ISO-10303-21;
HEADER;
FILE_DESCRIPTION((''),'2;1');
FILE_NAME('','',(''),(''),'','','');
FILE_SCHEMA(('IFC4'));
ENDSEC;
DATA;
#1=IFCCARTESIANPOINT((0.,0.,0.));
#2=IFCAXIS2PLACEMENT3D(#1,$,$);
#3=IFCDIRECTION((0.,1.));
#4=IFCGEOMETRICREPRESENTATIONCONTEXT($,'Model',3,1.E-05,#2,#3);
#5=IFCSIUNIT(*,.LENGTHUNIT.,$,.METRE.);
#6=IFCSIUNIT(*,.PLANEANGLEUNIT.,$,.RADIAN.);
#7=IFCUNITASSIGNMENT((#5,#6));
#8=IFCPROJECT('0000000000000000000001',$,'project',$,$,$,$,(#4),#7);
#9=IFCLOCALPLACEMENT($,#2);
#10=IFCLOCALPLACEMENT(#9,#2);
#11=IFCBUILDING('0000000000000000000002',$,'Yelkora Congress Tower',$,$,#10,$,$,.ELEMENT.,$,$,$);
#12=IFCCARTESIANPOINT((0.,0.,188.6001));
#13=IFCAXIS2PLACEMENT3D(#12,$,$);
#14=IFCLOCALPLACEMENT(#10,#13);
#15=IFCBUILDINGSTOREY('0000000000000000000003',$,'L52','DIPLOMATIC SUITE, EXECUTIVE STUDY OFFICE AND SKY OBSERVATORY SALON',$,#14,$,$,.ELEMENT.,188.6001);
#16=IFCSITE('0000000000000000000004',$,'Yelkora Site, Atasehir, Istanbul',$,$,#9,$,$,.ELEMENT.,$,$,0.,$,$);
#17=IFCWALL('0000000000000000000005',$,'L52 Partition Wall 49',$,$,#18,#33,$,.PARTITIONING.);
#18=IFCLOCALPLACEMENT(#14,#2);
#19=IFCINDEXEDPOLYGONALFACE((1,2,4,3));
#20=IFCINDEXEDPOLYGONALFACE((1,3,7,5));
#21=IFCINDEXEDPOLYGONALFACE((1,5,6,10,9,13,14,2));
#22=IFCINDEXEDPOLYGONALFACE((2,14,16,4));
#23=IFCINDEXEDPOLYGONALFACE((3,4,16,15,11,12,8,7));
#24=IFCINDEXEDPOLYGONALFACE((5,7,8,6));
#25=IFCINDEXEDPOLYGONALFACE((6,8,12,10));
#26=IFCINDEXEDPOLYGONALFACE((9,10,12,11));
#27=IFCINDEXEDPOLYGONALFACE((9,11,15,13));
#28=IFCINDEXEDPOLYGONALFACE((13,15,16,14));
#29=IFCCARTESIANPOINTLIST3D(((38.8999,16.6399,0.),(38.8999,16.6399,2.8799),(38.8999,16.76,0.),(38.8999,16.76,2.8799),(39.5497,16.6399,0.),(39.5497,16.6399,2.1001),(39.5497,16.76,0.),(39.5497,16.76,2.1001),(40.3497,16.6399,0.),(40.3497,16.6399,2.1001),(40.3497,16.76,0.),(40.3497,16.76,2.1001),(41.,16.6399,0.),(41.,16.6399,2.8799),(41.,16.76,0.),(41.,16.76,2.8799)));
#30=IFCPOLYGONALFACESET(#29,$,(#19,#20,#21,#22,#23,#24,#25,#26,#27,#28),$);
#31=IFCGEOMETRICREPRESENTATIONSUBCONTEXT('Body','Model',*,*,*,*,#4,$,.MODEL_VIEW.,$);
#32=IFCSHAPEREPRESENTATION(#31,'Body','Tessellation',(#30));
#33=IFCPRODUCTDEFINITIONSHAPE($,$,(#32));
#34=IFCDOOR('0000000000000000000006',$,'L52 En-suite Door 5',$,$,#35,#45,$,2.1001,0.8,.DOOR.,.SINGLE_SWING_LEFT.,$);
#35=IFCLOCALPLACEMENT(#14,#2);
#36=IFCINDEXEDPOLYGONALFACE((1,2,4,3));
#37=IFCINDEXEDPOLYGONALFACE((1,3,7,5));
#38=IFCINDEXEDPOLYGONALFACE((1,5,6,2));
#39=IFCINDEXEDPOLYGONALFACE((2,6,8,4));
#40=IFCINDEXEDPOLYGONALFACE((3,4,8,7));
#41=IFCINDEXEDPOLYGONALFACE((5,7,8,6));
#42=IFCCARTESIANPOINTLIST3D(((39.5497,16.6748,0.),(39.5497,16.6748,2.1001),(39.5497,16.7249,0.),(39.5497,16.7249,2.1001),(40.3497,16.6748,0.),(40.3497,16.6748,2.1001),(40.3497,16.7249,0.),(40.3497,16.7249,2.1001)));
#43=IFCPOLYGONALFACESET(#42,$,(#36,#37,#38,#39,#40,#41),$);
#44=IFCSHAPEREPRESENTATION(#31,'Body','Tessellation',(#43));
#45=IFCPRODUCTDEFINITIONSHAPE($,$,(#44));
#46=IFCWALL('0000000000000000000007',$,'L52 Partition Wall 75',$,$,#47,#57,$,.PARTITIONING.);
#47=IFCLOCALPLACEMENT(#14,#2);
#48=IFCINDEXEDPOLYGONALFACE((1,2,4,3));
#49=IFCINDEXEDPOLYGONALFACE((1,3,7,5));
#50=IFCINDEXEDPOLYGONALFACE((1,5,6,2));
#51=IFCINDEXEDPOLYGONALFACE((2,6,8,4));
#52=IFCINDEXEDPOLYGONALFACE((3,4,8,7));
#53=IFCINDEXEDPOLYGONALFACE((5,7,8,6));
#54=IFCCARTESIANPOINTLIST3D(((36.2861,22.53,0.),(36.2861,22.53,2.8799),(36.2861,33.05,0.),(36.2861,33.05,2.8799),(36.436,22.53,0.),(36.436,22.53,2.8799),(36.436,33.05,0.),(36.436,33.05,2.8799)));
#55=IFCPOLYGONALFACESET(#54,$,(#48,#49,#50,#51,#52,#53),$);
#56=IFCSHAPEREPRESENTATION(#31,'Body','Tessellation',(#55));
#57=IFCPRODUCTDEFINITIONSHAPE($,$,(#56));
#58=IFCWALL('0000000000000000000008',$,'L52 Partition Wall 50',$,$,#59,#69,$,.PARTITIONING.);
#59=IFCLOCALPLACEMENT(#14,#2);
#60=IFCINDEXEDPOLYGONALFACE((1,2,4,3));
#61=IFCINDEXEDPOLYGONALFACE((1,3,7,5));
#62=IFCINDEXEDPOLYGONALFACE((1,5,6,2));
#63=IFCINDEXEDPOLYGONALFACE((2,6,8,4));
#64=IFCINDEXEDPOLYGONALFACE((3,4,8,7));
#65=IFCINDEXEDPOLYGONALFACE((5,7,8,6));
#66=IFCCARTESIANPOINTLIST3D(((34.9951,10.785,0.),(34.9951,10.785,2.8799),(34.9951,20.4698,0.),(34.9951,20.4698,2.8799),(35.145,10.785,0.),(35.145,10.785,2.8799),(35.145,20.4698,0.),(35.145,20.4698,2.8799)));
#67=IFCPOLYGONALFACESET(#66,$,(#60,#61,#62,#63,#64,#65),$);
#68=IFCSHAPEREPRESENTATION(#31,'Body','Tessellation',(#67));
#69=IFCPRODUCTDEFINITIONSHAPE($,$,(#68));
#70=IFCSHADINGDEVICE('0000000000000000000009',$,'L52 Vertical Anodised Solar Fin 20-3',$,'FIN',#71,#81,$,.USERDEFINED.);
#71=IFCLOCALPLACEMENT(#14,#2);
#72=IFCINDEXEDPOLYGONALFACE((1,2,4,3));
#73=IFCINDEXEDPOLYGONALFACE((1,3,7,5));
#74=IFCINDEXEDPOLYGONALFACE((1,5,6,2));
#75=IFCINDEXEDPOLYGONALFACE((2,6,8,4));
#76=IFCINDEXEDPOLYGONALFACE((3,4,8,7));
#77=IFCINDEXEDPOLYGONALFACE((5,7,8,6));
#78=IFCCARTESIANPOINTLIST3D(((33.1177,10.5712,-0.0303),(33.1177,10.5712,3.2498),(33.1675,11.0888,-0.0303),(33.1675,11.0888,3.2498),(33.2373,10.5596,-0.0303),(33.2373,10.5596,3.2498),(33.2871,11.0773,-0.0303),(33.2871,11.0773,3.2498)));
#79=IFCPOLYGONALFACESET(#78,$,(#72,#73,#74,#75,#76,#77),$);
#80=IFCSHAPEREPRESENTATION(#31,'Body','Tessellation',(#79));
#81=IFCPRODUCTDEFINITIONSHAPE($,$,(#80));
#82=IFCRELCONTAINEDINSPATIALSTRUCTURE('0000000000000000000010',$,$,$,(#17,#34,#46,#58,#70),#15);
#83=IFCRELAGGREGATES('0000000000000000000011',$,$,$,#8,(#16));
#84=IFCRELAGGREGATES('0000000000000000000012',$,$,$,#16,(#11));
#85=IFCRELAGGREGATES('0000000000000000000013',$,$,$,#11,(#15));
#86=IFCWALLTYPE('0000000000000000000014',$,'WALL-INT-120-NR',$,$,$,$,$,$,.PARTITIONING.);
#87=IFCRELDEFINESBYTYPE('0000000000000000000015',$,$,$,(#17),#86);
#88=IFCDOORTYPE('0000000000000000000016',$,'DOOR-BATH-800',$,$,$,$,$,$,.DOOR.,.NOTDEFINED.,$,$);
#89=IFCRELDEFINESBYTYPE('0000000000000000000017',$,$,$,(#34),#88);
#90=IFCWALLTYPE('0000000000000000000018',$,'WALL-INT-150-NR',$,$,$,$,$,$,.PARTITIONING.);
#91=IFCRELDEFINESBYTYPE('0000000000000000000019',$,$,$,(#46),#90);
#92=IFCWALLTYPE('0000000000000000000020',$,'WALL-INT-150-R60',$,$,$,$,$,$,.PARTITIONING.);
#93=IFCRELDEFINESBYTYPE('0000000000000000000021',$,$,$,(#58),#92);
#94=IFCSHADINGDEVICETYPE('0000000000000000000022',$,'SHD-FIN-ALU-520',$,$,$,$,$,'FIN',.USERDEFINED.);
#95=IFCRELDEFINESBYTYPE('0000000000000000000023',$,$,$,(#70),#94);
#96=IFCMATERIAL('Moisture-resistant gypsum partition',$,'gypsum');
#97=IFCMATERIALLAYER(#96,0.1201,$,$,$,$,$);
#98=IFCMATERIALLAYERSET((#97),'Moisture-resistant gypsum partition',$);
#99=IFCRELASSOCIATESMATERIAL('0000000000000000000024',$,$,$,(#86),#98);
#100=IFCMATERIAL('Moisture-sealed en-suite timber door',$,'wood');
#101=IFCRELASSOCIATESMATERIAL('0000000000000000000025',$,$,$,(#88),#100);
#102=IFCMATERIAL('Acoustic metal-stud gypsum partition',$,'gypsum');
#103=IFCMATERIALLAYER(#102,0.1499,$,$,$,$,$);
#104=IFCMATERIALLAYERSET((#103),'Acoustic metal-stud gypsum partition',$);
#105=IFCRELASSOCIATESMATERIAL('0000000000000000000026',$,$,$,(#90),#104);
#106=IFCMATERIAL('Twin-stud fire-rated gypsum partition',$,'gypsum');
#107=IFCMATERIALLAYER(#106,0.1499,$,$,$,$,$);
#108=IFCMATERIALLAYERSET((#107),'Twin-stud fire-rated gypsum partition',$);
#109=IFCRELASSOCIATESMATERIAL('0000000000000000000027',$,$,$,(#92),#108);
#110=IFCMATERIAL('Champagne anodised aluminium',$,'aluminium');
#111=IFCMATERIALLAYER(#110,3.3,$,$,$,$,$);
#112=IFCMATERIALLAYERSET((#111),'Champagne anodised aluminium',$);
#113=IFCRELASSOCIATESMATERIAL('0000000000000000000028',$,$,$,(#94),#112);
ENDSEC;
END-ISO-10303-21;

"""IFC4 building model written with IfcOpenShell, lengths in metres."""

from ifc_helpers import new_model, si_unit, direction, frame, frame_2d, origin, origin_2d, place, context, subcontext, project, spatial, rectangle, extrude, material, layer, layer_set, type_object, element, fill, save


model = new_model("IFC4")

# Units and contexts
model_context = context("Model", 3, precision=1e-05, world=origin(), true_north=direction((0.0, 1.0)))
body_context = subcontext(model_context, "Body", "Model", "MODEL_VIEW")
ifc_project = project(units=[si_unit("LENGTHUNIT", "METRE"), si_unit("PLANEANGLEUNIT", "RADIAN")], contexts=[model_context])

# Site, building, storey
site_placement = place(None, origin())
site = spatial("IfcSite", under=ifc_project, at=site_placement, Name="Yelkora Site, Atasehir, Istanbul", CompositionType="ELEMENT", RefElevation=0.0)
building_placement = place(site_placement, origin())
building = spatial("IfcBuilding", under=site, at=building_placement, Name="Yelkora Congress Tower", CompositionType="ELEMENT")
storey_placement = place(building_placement, frame((0.0, 0.0, 188.6001)))
storey = spatial("IfcBuildingStorey", under=building, at=storey_placement, Name="L52", Description="DIPLOMATIC SUITE, EXECUTIVE STUDY OFFICE AND SKY OBSERVATORY SALON", CompositionType="ELEMENT", Elevation=188.6001)

# Shared definitions
ifc_material_1 = material(Name="Moisture-resistant gypsum partition", Category="gypsum")
ifc_layer_1 = layer(ifc_material_1, 0.1201)
ifc_layer_set_1 = layer_set([ifc_layer_1], Name="Moisture-resistant gypsum partition")
wall_type_1 = type_object("IfcWallType", Name="WALL-INT-120-NR", PredefinedType="PARTITIONING", material=ifc_layer_set_1)

# Wall, opening, door
wall_1_placement = place(storey_placement, frame((38.8999, 16.7, 0.0), z_axis=(0.0, 0.0, 1.0), x_axis=(1.0, 0.0, 0.0)))
wall_1 = element("IfcWall", 1, at=wall_1_placement, inside=storey, type_object=wall_type_1, Name="L52 Partition Wall 49", PredefinedType="PARTITIONING", context=body_context, shape_type="SweptSolid", body=[
    extrude(rectangle(XDim=2.1001, YDim=0.1201, at=frame_2d((1.05, 0.0))), origin(), (0.0, 0.0, 1.0), 2.8799),
])
opening_placement = place(wall_1_placement, frame((0.6499, 0.0, 0.0)))
opening = element("IfcOpeningElement", 2, at=opening_placement, cuts=wall_1, PredefinedType="OPENING", context=body_context, shape_type="SweptSolid", body=[
    extrude(rectangle(XDim=0.8, YDim=2.1001, at=frame_2d((0.3999, 1.05))), frame((0.0, 0.0701, 0.0), z_axis=(0.0, -1.0, 0.0), x_axis=(1.0, 0.0, 0.0)), (0.0, 0.0, 1.0), 0.1401),
])
ifc_material_2 = material(Name="Moisture-sealed en-suite timber door", Category="wood")
door_type = type_object("IfcDoorType", Name="DOOR-BATH-800", OperationType="NOTDEFINED", PredefinedType="DOOR", material=ifc_material_2)
door_placement = place(opening_placement, origin())
door = element("IfcDoor", 3, at=door_placement, inside=storey, type_object=door_type, Name="L52 En-suite Door 5", OperationType="SINGLE_SWING_LEFT", OverallHeight=2.1001, OverallWidth=0.8, PredefinedType="DOOR", context=body_context, shape_type="SweptSolid", body=[
    extrude(rectangle(XDim=0.8, YDim=2.1001, at=frame_2d((0.3999, 1.05))), frame((0.0, 0.0249, 0.0), z_axis=(0.0, -1.0, 0.0), x_axis=(1.0, 0.0, 0.0)), (0.0, 0.0, 1.0), 0.05),
])
fill(opening, door)

# Walls
ifc_material_3 = material(Name="Acoustic metal-stud gypsum partition", Category="gypsum")
ifc_layer_2 = layer(ifc_material_3, 0.1499)
ifc_layer_set_2 = layer_set([ifc_layer_2], Name="Acoustic metal-stud gypsum partition")
wall_type_2 = type_object("IfcWallType", Name="WALL-INT-150-NR", PredefinedType="PARTITIONING", material=ifc_layer_set_2)
wall_2_placement = place(storey_placement, frame((36.3611, 22.53, 0.0), z_axis=(0.0, 0.0, 1.0), x_axis=(0.0, 1.0, 0.0)))
element("IfcWall", 4, at=wall_2_placement, inside=storey, type_object=wall_type_2, Name="L52 Partition Wall 75", PredefinedType="PARTITIONING", context=body_context, shape_type="SweptSolid", body=[
    extrude(rectangle(XDim=10.52, YDim=0.1499, at=frame_2d((5.26, 0.0))), origin(), (0.0, 0.0, 1.0), 2.8799),
])
ifc_material_4 = material(Name="Twin-stud fire-rated gypsum partition", Category="gypsum")
ifc_layer_3 = layer(ifc_material_4, 0.1499)
ifc_layer_set_3 = layer_set([ifc_layer_3], Name="Twin-stud fire-rated gypsum partition")
wall_type_3 = type_object("IfcWallType", Name="WALL-INT-150-R60", PredefinedType="PARTITIONING", material=ifc_layer_set_3)
wall_3_placement = place(storey_placement, frame((35.0701, 10.7852, 0.0), z_axis=(0.0, 0.0, 1.0), x_axis=(0.0, 1.0, 0.0)))
element("IfcWall", 5, at=wall_3_placement, inside=storey, type_object=wall_type_3, Name="L52 Partition Wall 50", PredefinedType="PARTITIONING", context=body_context, shape_type="SweptSolid", body=[
    extrude(rectangle(XDim=9.6848, YDim=0.1499, at=frame_2d((4.8423, 0.0))), origin(), (0.0, 0.0, 1.0), 2.8799),
])

# Shading device
ifc_material_5 = material(Name="Champagne anodised aluminium", Category="aluminium")
ifc_layer_4 = layer(ifc_material_5, 3.3)
ifc_layer_set_4 = layer_set([ifc_layer_4], Name="Champagne anodised aluminium")
shading_device_type = type_object("IfcShadingDeviceType", Name="SHD-FIN-ALU-520", ElementType="FIN", PredefinedType="USERDEFINED", material=ifc_layer_set_4)
shading_device_placement = place(storey_placement, frame((33.2024, 10.8242, -0.0303), z_axis=(0.0, 0.0, 1.0), x_axis=(-0.995396, 0.095846, 0.0)))
element("IfcShadingDevice", 6, at=shading_device_placement, inside=storey, type_object=shading_device_type, Name="L52 Vertical Anodised Solar Fin 20-3", ObjectType="FIN", PredefinedType="USERDEFINED", context=body_context, shape_type="SweptSolid", body=[
    extrude(rectangle(XDim=0.1201, YDim=0.52, at=origin_2d()), origin(), (0.0, 0.0, 1.0), 3.28),
])

save(model, "model.ifc")
